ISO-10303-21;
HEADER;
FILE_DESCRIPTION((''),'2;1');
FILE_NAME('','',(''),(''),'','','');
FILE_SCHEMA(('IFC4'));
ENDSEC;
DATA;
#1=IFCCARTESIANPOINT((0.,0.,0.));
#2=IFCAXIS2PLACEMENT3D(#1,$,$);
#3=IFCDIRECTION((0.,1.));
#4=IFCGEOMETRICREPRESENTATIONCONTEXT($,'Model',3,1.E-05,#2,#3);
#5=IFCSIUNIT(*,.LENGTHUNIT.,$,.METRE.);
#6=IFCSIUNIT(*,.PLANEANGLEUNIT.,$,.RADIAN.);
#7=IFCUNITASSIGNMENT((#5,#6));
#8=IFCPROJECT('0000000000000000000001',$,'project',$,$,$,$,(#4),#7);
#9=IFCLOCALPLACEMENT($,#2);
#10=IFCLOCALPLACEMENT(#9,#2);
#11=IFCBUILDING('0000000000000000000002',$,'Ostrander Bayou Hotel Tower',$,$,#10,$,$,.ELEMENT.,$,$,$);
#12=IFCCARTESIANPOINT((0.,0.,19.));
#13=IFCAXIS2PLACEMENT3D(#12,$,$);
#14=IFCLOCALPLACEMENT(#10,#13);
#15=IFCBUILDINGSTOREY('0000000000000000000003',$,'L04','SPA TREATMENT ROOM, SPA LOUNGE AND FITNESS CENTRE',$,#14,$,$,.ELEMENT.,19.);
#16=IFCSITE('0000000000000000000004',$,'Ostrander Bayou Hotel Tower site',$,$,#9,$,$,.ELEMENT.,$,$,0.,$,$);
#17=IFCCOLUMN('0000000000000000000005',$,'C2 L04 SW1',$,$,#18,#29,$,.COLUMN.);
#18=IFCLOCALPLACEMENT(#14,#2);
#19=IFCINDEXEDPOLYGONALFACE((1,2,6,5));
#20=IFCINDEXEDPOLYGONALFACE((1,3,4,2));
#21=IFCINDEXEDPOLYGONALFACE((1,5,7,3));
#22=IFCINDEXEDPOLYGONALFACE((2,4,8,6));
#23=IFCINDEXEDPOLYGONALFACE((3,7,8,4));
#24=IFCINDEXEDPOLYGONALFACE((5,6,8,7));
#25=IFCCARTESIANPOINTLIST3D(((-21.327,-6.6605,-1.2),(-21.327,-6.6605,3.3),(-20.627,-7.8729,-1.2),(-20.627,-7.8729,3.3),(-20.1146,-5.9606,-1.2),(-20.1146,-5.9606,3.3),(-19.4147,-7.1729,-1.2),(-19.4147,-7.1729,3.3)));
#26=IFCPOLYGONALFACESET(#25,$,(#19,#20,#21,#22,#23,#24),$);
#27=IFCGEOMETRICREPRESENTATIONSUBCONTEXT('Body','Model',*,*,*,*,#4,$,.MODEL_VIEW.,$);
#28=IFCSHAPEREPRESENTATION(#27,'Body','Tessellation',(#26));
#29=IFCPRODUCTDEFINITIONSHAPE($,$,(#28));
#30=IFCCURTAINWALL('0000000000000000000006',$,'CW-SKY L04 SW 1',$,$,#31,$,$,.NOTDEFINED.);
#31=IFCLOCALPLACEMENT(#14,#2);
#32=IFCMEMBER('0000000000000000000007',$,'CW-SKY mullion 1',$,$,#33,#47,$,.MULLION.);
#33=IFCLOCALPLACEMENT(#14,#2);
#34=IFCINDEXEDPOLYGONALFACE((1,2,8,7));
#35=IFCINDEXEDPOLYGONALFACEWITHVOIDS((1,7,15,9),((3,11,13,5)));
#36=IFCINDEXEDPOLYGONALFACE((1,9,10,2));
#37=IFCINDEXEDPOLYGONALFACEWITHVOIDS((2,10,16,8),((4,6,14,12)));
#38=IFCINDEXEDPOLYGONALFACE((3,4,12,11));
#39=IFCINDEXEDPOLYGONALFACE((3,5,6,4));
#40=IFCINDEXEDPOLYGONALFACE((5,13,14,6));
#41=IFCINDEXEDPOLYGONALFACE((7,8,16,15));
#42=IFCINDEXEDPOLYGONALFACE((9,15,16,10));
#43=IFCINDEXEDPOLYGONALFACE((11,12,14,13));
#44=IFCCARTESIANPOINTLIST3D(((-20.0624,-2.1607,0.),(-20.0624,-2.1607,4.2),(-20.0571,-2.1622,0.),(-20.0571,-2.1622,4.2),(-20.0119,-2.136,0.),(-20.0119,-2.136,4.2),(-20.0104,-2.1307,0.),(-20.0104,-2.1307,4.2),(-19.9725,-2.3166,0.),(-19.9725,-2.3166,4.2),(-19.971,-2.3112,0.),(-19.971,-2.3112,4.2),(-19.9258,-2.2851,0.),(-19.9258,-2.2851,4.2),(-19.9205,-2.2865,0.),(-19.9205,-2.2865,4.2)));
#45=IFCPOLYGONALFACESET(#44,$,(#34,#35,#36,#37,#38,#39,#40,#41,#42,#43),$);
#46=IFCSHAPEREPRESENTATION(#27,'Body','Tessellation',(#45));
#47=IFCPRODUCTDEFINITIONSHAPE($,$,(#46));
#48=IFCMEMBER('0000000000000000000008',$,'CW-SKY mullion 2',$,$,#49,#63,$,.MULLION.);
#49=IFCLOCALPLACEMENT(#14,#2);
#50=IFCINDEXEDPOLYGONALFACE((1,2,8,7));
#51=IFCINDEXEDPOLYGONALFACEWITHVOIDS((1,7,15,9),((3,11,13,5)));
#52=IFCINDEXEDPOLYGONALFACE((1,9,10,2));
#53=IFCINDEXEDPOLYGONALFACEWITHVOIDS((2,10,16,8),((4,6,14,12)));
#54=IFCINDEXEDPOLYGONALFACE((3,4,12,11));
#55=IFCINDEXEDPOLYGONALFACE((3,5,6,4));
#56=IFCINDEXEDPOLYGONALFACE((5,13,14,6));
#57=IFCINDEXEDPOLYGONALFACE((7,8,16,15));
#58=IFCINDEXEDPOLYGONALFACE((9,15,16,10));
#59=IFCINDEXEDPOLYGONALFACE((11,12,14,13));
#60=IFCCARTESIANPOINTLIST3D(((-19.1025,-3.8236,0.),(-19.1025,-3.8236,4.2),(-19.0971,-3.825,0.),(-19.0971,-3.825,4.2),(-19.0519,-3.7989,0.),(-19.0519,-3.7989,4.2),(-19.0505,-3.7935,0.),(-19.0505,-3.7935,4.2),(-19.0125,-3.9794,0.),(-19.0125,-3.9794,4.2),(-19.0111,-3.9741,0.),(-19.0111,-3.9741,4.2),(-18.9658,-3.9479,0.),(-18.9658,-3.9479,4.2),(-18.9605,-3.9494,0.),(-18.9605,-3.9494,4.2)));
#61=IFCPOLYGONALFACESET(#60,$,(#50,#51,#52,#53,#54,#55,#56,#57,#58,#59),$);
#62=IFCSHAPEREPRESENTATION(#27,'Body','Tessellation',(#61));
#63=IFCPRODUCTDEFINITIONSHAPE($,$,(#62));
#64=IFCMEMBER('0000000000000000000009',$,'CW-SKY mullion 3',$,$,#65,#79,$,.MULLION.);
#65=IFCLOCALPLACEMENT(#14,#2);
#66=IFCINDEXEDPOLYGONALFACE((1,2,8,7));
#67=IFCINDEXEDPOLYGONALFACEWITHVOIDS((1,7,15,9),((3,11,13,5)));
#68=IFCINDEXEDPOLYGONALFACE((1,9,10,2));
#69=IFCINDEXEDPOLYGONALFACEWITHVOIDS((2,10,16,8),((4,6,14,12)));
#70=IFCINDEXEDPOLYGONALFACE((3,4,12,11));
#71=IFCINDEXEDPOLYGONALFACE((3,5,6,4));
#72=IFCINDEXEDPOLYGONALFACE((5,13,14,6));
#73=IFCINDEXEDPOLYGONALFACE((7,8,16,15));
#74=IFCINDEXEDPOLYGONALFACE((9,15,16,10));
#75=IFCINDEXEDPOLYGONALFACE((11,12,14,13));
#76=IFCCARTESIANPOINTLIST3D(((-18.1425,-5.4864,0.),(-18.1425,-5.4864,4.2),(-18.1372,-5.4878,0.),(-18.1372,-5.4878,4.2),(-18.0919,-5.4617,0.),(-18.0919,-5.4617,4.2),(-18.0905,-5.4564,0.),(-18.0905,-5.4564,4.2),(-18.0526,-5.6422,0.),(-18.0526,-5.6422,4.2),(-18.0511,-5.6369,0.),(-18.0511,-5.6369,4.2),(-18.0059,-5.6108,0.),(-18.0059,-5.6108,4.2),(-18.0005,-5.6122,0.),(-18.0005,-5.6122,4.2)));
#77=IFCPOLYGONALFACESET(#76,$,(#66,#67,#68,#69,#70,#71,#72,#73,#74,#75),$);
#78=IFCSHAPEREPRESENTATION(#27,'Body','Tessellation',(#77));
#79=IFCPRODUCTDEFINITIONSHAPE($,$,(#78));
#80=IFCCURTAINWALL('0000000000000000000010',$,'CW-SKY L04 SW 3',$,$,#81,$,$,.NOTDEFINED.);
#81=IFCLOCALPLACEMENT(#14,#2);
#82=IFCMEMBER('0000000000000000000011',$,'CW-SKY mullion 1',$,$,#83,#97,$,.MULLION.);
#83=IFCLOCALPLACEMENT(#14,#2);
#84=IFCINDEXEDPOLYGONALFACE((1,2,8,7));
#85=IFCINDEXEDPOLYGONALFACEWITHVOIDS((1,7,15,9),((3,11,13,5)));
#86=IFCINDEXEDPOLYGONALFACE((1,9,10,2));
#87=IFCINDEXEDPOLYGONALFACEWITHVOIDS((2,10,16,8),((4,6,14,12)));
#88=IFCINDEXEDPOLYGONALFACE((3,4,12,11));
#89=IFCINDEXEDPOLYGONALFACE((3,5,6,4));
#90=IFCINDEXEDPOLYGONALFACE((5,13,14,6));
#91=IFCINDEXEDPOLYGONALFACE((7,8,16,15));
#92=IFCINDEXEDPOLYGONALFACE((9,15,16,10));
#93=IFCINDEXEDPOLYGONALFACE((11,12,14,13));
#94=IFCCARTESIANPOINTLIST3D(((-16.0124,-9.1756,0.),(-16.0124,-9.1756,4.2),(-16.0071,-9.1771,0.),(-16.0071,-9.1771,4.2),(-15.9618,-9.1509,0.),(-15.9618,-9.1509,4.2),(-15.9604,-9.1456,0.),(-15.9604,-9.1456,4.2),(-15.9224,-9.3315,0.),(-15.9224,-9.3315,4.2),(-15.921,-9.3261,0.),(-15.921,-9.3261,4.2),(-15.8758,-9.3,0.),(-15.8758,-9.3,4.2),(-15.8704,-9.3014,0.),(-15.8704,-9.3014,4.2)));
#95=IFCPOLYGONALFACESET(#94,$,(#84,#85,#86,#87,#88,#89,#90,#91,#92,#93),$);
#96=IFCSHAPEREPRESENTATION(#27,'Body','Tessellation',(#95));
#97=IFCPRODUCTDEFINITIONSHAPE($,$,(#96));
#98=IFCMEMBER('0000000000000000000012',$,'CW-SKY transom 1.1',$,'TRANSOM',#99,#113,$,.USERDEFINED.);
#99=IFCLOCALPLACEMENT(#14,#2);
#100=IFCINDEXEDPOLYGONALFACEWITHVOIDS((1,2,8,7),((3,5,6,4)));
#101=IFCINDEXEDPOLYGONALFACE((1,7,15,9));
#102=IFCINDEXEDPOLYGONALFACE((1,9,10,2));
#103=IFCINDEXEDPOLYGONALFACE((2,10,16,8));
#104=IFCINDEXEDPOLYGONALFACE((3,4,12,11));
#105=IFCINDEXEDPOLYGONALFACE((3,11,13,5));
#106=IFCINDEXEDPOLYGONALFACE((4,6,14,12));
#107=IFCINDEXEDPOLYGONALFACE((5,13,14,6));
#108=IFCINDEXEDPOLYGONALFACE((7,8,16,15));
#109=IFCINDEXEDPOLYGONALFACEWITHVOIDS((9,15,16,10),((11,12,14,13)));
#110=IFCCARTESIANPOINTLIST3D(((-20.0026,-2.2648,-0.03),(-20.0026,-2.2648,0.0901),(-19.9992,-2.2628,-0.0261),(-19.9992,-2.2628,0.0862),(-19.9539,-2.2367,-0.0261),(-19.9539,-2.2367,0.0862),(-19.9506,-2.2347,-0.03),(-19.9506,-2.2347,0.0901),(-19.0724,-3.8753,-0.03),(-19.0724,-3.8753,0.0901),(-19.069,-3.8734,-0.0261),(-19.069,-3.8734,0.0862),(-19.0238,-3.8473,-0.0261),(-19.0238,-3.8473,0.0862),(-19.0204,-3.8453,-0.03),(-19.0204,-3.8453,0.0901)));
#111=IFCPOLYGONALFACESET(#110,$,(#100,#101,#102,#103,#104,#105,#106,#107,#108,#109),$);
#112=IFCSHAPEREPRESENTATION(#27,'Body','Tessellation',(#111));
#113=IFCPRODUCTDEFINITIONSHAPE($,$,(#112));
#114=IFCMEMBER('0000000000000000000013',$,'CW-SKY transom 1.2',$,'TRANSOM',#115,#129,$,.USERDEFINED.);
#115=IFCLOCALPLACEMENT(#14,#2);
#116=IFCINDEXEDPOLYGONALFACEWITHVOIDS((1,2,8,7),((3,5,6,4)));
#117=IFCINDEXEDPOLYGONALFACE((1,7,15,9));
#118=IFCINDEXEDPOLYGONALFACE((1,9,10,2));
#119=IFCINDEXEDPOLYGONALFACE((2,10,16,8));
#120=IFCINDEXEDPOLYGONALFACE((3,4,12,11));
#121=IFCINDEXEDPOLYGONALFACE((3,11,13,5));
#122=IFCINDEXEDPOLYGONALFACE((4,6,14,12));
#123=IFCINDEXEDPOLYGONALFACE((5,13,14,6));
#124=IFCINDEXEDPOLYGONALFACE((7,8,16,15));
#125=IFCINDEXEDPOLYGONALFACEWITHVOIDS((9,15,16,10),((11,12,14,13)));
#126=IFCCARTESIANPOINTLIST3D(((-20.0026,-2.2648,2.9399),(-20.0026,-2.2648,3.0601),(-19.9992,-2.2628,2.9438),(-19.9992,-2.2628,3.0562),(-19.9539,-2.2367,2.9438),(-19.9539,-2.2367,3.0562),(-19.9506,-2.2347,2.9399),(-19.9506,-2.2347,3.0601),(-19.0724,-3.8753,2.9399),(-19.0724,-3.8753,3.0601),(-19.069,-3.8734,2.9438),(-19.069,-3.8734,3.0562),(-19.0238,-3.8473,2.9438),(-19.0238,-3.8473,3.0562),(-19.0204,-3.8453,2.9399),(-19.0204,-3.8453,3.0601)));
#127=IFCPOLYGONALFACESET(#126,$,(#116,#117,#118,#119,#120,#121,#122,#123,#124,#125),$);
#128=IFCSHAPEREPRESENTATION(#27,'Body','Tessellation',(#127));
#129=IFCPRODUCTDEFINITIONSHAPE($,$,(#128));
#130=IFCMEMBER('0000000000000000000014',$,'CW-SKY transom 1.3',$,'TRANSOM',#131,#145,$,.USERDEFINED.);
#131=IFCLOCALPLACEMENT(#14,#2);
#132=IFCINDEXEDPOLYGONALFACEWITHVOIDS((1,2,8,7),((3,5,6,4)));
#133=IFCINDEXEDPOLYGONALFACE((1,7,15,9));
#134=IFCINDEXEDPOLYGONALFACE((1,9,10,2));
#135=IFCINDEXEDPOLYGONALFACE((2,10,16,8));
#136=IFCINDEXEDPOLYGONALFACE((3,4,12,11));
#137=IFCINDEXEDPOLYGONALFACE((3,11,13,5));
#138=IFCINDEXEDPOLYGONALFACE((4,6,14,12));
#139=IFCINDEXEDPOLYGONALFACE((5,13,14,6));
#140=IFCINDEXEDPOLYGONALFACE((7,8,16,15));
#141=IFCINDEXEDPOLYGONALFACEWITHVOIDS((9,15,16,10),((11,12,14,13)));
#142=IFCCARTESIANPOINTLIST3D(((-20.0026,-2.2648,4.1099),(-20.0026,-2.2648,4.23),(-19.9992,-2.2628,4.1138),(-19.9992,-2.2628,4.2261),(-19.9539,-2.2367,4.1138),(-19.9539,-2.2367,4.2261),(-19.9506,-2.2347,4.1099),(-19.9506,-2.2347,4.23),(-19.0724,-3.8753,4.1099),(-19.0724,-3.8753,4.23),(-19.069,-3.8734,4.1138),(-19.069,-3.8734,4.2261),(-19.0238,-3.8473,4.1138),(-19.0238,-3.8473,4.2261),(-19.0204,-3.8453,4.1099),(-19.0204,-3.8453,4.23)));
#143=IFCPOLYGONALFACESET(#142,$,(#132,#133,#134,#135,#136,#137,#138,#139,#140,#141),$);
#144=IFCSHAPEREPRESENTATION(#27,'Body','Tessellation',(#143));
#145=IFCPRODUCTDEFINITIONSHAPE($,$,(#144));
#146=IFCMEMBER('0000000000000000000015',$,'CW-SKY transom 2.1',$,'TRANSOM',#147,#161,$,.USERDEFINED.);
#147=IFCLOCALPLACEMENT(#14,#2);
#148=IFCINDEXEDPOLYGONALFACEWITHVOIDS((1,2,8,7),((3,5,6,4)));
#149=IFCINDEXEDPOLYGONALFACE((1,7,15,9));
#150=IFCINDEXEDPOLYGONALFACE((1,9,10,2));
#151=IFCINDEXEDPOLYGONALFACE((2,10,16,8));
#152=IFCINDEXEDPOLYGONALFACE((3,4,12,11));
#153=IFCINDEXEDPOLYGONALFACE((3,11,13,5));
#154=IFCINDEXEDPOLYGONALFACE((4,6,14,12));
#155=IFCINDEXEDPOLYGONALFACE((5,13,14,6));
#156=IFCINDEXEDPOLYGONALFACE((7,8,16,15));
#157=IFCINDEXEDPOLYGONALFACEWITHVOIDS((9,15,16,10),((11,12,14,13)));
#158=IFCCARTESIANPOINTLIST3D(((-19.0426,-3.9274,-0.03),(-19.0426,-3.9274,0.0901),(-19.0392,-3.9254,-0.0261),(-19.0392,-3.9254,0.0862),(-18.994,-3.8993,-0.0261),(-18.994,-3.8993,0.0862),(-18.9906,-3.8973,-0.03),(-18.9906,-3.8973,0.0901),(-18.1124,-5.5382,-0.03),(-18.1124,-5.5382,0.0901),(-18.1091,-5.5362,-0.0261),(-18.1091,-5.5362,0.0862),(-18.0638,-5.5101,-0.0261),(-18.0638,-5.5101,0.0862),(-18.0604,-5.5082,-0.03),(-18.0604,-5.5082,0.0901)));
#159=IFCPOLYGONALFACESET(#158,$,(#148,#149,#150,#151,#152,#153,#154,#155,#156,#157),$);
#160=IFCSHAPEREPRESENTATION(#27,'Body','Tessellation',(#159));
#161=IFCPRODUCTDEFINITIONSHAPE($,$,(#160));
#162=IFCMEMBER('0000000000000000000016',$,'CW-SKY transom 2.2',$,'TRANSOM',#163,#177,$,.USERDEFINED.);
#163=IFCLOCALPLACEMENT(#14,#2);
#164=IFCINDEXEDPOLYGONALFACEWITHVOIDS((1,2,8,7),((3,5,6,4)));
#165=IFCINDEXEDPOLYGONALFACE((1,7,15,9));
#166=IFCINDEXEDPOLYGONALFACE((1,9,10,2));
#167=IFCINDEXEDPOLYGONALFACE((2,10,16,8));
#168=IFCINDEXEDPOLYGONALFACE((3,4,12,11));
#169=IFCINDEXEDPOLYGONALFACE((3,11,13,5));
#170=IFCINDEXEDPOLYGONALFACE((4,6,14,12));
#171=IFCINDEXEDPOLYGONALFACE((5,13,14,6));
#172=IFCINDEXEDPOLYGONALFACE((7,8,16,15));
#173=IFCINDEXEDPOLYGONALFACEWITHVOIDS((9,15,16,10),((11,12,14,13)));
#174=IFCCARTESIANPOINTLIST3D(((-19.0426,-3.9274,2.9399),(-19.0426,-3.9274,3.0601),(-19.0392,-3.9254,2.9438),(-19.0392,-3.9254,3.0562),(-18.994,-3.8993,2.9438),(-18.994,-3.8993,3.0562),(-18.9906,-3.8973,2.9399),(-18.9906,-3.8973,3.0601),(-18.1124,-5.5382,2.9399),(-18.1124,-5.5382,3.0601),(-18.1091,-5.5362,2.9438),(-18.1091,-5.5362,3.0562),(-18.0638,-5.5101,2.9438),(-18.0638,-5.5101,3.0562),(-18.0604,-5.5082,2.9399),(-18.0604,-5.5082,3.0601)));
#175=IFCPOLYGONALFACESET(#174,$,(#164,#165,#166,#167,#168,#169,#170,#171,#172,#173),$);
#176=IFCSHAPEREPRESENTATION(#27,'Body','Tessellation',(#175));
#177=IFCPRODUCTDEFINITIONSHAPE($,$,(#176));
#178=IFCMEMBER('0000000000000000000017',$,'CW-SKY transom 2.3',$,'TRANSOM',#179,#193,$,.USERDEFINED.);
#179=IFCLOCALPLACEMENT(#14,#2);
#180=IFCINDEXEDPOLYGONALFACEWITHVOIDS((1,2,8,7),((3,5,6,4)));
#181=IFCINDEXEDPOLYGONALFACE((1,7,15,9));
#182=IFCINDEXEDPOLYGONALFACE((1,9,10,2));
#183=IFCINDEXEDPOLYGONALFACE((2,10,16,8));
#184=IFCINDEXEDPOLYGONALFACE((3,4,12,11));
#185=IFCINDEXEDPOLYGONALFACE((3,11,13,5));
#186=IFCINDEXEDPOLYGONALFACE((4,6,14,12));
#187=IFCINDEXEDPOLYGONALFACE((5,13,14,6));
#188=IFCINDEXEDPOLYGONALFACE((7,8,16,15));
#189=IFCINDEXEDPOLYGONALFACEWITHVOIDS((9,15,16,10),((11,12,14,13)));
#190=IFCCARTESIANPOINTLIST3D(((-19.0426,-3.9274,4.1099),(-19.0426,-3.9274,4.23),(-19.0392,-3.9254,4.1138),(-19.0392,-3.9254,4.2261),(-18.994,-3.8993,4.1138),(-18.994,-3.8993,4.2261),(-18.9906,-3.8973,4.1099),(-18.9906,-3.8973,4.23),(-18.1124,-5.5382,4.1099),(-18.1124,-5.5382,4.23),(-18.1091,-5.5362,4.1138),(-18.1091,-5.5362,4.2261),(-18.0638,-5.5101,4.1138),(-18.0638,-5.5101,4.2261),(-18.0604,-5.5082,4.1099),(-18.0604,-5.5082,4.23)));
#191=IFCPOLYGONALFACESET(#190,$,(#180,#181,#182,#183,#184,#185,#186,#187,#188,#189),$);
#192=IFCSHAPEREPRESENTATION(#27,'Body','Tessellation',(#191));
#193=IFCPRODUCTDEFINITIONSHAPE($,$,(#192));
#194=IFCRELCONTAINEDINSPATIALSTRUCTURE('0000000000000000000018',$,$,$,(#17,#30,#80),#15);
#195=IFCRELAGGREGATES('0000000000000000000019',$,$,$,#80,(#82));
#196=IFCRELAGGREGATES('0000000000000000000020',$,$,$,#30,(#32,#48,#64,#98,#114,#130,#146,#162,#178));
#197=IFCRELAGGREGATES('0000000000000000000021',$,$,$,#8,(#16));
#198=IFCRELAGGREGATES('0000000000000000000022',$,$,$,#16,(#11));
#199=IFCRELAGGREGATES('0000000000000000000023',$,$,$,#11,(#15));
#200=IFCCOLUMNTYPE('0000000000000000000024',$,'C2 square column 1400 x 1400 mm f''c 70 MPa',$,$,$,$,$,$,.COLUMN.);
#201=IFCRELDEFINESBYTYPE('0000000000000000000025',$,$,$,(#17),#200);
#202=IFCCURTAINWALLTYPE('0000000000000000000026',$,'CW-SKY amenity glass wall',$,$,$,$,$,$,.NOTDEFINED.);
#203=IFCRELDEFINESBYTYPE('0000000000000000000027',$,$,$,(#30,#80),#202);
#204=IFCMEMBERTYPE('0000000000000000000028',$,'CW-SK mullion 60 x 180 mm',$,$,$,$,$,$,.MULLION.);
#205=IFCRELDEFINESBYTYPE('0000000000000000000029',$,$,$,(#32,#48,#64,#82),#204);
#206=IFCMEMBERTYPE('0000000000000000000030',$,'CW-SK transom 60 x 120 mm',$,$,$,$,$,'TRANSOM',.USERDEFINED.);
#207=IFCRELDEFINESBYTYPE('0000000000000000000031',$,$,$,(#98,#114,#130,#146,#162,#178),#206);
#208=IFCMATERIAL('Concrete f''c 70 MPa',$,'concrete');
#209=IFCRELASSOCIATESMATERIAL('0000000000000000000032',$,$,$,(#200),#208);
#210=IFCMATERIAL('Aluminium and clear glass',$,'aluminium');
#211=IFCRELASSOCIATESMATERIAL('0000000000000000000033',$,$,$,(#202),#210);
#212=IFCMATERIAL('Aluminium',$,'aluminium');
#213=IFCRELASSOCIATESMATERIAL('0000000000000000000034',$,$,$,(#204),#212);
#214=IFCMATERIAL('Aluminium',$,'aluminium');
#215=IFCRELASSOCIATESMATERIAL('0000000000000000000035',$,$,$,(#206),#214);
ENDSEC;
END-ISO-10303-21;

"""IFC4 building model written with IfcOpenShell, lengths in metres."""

from ifc_helpers import new_model, si_unit, direction, frame, origin, origin_2d, place, context, subcontext, project, spatial, rectangle, hollow_rectangle, extrude, material, material_profile, profile_set, type_object, element, aggregate, save


model = new_model("IFC4")

# Units and contexts
model_context = context("Model", 3, precision=1e-05, world=origin(), true_north=direction((0.0, 1.0)))
body_context = subcontext(model_context, "Body", "Model", "MODEL_VIEW")
ifc_project = project(units=[si_unit("LENGTHUNIT", "METRE"), si_unit("PLANEANGLEUNIT", "RADIAN")], contexts=[model_context])

# Site, building, storey
site_placement = place(None, origin())
site = spatial("IfcSite", under=ifc_project, at=site_placement, Name="Ostrander Bayou Hotel Tower site", CompositionType="ELEMENT", RefElevation=0.0)
building_placement = place(site_placement, origin())
building = spatial("IfcBuilding", under=site, at=building_placement, Name="Ostrander Bayou Hotel Tower", CompositionType="ELEMENT")
storey_placement = place(building_placement, frame((0.0, 0.0, 19.0)))
storey = spatial("IfcBuildingStorey", under=building, at=storey_placement, Name="L04", Description="SPA TREATMENT ROOM, SPA LOUNGE AND FITNESS CENTRE", CompositionType="ELEMENT", Elevation=19.0)

# Column
ifc_material_1 = material(Name="Concrete f'c 70 MPa", Category="concrete")
ifc_material_profile_1 = material_profile(ifc_material_1, rectangle(XDim=1.3999, YDim=1.3999, at=origin_2d()))
ifc_profile_set_1 = profile_set([ifc_material_profile_1], Name="Concrete f'c 70 MPa")
column_type = type_object("IfcColumnType", Name="C2 square column 1400 x 1400 mm f'c 70 MPa", PredefinedType="COLUMN", material=ifc_profile_set_1)
column_placement = place(storey_placement, frame((-20.3708, -6.9167, -1.2), z_axis=(0.0, 0.0, 1.0), x_axis=(-0.5, 0.866025, 0.0)))
element("IfcColumn", 1, at=column_placement, inside=storey, type_object=column_type, Name="C2 L04 SW1", PredefinedType="COLUMN", context=body_context, shape_type="SweptSolid", body=[
    extrude(rectangle(XDim=1.3999, YDim=1.3999, at=origin_2d()), origin(), (0.0, 0.0, 1.0), 4.5),
])

# Curtain wall, members
ifc_material_2 = material(Name="Aluminium and clear glass", Category="aluminium")
curtain_wall_type = type_object("IfcCurtainWallType", Name="CW-SKY amenity glass wall", PredefinedType="NOTDEFINED", material=ifc_material_2)
curtain_wall_1_placement = place(storey_placement, origin())
curtain_wall_1 = element("IfcCurtainWall", 2, at=curtain_wall_1_placement, inside=storey, type_object=curtain_wall_type, Name="CW-SKY L04 SW 1", PredefinedType="NOTDEFINED")
ifc_material_3 = material(Name="Aluminium", Category="aluminium")
ifc_material_profile_2 = material_profile(ifc_material_3, hollow_rectangle(XDim=0.0601, YDim=0.1799, WallThickness=0.0039, at=origin_2d()))
ifc_profile_set_2 = profile_set([ifc_material_profile_2], Name="Aluminium")
member_type_1 = type_object("IfcMemberType", Name="CW-SK mullion 60 x 180 mm", PredefinedType="MULLION", material=ifc_profile_set_2)
member_1_placement = place(storey_placement, frame((-19.9915, -2.2236, 0.0), z_axis=(0.0, 0.0, 1.0), x_axis=(0.866025, 0.5, 0.0)))
member_1 = element("IfcMember", 3, at=member_1_placement, type_object=member_type_1, Name="CW-SKY mullion 1", PredefinedType="MULLION", context=body_context, shape_type="SweptSolid", body=[
    extrude(hollow_rectangle(XDim=0.0601, YDim=0.1799, WallThickness=0.0039, at=origin_2d()), origin(), (0.0, 0.0, 1.0), 4.2),
])
member_2_placement = place(storey_placement, frame((-19.0315, -3.8865, 0.0), z_axis=(0.0, 0.0, 1.0), x_axis=(0.866025, 0.5, 0.0)))
member_2 = element("IfcMember", 4, at=member_2_placement, type_object=member_type_1, Name="CW-SKY mullion 2", PredefinedType="MULLION", context=body_context, shape_type="SweptSolid", body=[
    extrude(hollow_rectangle(XDim=0.0601, YDim=0.1799, WallThickness=0.0039, at=origin_2d()), origin(), (0.0, 0.0, 1.0), 4.2),
])
member_3_placement = place(storey_placement, frame((-18.0715, -5.5493, 0.0), z_axis=(0.0, 0.0, 1.0), x_axis=(0.866025, 0.5, 0.0)))
member_3 = element("IfcMember", 5, at=member_3_placement, type_object=member_type_1, Name="CW-SKY mullion 3", PredefinedType="MULLION", context=body_context, shape_type="SweptSolid", body=[
    extrude(hollow_rectangle(XDim=0.0601, YDim=0.1799, WallThickness=0.0039, at=origin_2d()), origin(), (0.0, 0.0, 1.0), 4.2),
])

# Curtain wall, member
curtain_wall_2_placement = place(storey_placement, origin())
curtain_wall_2 = element("IfcCurtainWall", 6, at=curtain_wall_2_placement, inside=storey, type_object=curtain_wall_type, Name="CW-SKY L04 SW 3", PredefinedType="NOTDEFINED")
member_4_placement = place(storey_placement, frame((-15.9414, -9.2385, 0.0), z_axis=(0.0, 0.0, 1.0), x_axis=(0.866025, 0.5, 0.0)))
member_4 = element("IfcMember", 7, at=member_4_placement, type_object=member_type_1, Name="CW-SKY mullion 1", PredefinedType="MULLION", context=body_context, shape_type="SweptSolid", body=[
    extrude(hollow_rectangle(XDim=0.0601, YDim=0.1799, WallThickness=0.0039, at=origin_2d()), origin(), (0.0, 0.0, 1.0), 4.2),
])
aggregate(curtain_wall_2, [member_4])

# Members
ifc_material_4 = material(Name="Aluminium", Category="aluminium")
ifc_material_profile_3 = material_profile(ifc_material_4, hollow_rectangle(XDim=0.0601, YDim=0.1201, WallThickness=0.0039, at=origin_2d()))
ifc_profile_set_3 = profile_set([ifc_material_profile_3], Name="Aluminium")
member_type_2 = type_object("IfcMemberType", Name="CW-SK transom 60 x 120 mm", ElementType="TRANSOM", PredefinedType="USERDEFINED", material=ifc_profile_set_3)
member_5_placement = place(storey_placement, frame((-19.9766, -2.2498, 0.03), z_axis=(0.50012, -0.865956, 0.0), x_axis=(0.865956, 0.50012, 0.0)))
member_5 = element("IfcMember", 8, at=member_5_placement, type_object=member_type_2, Name="CW-SKY transom 1.1", ObjectType="TRANSOM", PredefinedType="USERDEFINED", context=body_context, shape_type="SweptSolid", body=[
    extrude(hollow_rectangle(XDim=0.0601, YDim=0.1201, WallThickness=0.0039, at=origin_2d()), origin(), (0.0, 0.0, 1.0), 1.8599),
])
member_6_placement = place(storey_placement, frame((-19.9766, -2.2498, 3.0), z_axis=(0.50012, -0.865956, 0.0), x_axis=(0.865956, 0.50012, 0.0)))
member_6 = element("IfcMember", 9, at=member_6_placement, type_object=member_type_2, Name="CW-SKY transom 1.2", ObjectType="TRANSOM", PredefinedType="USERDEFINED", context=body_context, shape_type="SweptSolid", body=[
    extrude(hollow_rectangle(XDim=0.0601, YDim=0.1201, WallThickness=0.0039, at=origin_2d()), origin(), (0.0, 0.0, 1.0), 1.8599),
])
member_7_placement = place(storey_placement, frame((-19.9766, -2.2498, 4.1699), z_axis=(0.50012, -0.865956, 0.0), x_axis=(0.865956, 0.50012, 0.0)))
member_7 = element("IfcMember", 10, at=member_7_placement, type_object=member_type_2, Name="CW-SKY transom 1.3", ObjectType="TRANSOM", PredefinedType="USERDEFINED", context=body_context, shape_type="SweptSolid", body=[
    extrude(hollow_rectangle(XDim=0.0601, YDim=0.1201, WallThickness=0.0039, at=origin_2d()), origin(), (0.0, 0.0, 1.0), 1.8599),
])
member_8_placement = place(storey_placement, frame((-19.0166, -3.9124, 0.03), z_axis=(0.500063, -0.865989, 0.0), x_axis=(0.865989, 0.500063, 0.0)))
member_8 = element("IfcMember", 11, at=member_8_placement, type_object=member_type_2, Name="CW-SKY transom 2.1", ObjectType="TRANSOM", PredefinedType="USERDEFINED", context=body_context, shape_type="SweptSolid", body=[
    extrude(hollow_rectangle(XDim=0.0601, YDim=0.1201, WallThickness=0.0039, at=origin_2d()), origin(), (0.0, 0.0, 1.0), 1.8601),
])
member_9_placement = place(storey_placement, frame((-19.0166, -3.9124, 3.0), z_axis=(0.500063, -0.865989, 0.0), x_axis=(0.865989, 0.500063, 0.0)))
member_9 = element("IfcMember", 12, at=member_9_placement, type_object=member_type_2, Name="CW-SKY transom 2.2", ObjectType="TRANSOM", PredefinedType="USERDEFINED", context=body_context, shape_type="SweptSolid", body=[
    extrude(hollow_rectangle(XDim=0.0601, YDim=0.1201, WallThickness=0.0039, at=origin_2d()), origin(), (0.0, 0.0, 1.0), 1.8601),
])
member_10_placement = place(storey_placement, frame((-19.0166, -3.9124, 4.1699), z_axis=(0.500063, -0.865989, 0.0), x_axis=(0.865989, 0.500063, 0.0)))
member_10 = element("IfcMember", 13, at=member_10_placement, type_object=member_type_2, Name="CW-SKY transom 2.3", ObjectType="TRANSOM", PredefinedType="USERDEFINED", context=body_context, shape_type="SweptSolid", body=[
    extrude(hollow_rectangle(XDim=0.0601, YDim=0.1201, WallThickness=0.0039, at=origin_2d()), origin(), (0.0, 0.0, 1.0), 1.8601),
])

aggregate(curtain_wall_1, [member_1, member_2, member_3, member_5, member_6, member_7, member_8, member_9, member_10])

save(model, "model.ifc")
